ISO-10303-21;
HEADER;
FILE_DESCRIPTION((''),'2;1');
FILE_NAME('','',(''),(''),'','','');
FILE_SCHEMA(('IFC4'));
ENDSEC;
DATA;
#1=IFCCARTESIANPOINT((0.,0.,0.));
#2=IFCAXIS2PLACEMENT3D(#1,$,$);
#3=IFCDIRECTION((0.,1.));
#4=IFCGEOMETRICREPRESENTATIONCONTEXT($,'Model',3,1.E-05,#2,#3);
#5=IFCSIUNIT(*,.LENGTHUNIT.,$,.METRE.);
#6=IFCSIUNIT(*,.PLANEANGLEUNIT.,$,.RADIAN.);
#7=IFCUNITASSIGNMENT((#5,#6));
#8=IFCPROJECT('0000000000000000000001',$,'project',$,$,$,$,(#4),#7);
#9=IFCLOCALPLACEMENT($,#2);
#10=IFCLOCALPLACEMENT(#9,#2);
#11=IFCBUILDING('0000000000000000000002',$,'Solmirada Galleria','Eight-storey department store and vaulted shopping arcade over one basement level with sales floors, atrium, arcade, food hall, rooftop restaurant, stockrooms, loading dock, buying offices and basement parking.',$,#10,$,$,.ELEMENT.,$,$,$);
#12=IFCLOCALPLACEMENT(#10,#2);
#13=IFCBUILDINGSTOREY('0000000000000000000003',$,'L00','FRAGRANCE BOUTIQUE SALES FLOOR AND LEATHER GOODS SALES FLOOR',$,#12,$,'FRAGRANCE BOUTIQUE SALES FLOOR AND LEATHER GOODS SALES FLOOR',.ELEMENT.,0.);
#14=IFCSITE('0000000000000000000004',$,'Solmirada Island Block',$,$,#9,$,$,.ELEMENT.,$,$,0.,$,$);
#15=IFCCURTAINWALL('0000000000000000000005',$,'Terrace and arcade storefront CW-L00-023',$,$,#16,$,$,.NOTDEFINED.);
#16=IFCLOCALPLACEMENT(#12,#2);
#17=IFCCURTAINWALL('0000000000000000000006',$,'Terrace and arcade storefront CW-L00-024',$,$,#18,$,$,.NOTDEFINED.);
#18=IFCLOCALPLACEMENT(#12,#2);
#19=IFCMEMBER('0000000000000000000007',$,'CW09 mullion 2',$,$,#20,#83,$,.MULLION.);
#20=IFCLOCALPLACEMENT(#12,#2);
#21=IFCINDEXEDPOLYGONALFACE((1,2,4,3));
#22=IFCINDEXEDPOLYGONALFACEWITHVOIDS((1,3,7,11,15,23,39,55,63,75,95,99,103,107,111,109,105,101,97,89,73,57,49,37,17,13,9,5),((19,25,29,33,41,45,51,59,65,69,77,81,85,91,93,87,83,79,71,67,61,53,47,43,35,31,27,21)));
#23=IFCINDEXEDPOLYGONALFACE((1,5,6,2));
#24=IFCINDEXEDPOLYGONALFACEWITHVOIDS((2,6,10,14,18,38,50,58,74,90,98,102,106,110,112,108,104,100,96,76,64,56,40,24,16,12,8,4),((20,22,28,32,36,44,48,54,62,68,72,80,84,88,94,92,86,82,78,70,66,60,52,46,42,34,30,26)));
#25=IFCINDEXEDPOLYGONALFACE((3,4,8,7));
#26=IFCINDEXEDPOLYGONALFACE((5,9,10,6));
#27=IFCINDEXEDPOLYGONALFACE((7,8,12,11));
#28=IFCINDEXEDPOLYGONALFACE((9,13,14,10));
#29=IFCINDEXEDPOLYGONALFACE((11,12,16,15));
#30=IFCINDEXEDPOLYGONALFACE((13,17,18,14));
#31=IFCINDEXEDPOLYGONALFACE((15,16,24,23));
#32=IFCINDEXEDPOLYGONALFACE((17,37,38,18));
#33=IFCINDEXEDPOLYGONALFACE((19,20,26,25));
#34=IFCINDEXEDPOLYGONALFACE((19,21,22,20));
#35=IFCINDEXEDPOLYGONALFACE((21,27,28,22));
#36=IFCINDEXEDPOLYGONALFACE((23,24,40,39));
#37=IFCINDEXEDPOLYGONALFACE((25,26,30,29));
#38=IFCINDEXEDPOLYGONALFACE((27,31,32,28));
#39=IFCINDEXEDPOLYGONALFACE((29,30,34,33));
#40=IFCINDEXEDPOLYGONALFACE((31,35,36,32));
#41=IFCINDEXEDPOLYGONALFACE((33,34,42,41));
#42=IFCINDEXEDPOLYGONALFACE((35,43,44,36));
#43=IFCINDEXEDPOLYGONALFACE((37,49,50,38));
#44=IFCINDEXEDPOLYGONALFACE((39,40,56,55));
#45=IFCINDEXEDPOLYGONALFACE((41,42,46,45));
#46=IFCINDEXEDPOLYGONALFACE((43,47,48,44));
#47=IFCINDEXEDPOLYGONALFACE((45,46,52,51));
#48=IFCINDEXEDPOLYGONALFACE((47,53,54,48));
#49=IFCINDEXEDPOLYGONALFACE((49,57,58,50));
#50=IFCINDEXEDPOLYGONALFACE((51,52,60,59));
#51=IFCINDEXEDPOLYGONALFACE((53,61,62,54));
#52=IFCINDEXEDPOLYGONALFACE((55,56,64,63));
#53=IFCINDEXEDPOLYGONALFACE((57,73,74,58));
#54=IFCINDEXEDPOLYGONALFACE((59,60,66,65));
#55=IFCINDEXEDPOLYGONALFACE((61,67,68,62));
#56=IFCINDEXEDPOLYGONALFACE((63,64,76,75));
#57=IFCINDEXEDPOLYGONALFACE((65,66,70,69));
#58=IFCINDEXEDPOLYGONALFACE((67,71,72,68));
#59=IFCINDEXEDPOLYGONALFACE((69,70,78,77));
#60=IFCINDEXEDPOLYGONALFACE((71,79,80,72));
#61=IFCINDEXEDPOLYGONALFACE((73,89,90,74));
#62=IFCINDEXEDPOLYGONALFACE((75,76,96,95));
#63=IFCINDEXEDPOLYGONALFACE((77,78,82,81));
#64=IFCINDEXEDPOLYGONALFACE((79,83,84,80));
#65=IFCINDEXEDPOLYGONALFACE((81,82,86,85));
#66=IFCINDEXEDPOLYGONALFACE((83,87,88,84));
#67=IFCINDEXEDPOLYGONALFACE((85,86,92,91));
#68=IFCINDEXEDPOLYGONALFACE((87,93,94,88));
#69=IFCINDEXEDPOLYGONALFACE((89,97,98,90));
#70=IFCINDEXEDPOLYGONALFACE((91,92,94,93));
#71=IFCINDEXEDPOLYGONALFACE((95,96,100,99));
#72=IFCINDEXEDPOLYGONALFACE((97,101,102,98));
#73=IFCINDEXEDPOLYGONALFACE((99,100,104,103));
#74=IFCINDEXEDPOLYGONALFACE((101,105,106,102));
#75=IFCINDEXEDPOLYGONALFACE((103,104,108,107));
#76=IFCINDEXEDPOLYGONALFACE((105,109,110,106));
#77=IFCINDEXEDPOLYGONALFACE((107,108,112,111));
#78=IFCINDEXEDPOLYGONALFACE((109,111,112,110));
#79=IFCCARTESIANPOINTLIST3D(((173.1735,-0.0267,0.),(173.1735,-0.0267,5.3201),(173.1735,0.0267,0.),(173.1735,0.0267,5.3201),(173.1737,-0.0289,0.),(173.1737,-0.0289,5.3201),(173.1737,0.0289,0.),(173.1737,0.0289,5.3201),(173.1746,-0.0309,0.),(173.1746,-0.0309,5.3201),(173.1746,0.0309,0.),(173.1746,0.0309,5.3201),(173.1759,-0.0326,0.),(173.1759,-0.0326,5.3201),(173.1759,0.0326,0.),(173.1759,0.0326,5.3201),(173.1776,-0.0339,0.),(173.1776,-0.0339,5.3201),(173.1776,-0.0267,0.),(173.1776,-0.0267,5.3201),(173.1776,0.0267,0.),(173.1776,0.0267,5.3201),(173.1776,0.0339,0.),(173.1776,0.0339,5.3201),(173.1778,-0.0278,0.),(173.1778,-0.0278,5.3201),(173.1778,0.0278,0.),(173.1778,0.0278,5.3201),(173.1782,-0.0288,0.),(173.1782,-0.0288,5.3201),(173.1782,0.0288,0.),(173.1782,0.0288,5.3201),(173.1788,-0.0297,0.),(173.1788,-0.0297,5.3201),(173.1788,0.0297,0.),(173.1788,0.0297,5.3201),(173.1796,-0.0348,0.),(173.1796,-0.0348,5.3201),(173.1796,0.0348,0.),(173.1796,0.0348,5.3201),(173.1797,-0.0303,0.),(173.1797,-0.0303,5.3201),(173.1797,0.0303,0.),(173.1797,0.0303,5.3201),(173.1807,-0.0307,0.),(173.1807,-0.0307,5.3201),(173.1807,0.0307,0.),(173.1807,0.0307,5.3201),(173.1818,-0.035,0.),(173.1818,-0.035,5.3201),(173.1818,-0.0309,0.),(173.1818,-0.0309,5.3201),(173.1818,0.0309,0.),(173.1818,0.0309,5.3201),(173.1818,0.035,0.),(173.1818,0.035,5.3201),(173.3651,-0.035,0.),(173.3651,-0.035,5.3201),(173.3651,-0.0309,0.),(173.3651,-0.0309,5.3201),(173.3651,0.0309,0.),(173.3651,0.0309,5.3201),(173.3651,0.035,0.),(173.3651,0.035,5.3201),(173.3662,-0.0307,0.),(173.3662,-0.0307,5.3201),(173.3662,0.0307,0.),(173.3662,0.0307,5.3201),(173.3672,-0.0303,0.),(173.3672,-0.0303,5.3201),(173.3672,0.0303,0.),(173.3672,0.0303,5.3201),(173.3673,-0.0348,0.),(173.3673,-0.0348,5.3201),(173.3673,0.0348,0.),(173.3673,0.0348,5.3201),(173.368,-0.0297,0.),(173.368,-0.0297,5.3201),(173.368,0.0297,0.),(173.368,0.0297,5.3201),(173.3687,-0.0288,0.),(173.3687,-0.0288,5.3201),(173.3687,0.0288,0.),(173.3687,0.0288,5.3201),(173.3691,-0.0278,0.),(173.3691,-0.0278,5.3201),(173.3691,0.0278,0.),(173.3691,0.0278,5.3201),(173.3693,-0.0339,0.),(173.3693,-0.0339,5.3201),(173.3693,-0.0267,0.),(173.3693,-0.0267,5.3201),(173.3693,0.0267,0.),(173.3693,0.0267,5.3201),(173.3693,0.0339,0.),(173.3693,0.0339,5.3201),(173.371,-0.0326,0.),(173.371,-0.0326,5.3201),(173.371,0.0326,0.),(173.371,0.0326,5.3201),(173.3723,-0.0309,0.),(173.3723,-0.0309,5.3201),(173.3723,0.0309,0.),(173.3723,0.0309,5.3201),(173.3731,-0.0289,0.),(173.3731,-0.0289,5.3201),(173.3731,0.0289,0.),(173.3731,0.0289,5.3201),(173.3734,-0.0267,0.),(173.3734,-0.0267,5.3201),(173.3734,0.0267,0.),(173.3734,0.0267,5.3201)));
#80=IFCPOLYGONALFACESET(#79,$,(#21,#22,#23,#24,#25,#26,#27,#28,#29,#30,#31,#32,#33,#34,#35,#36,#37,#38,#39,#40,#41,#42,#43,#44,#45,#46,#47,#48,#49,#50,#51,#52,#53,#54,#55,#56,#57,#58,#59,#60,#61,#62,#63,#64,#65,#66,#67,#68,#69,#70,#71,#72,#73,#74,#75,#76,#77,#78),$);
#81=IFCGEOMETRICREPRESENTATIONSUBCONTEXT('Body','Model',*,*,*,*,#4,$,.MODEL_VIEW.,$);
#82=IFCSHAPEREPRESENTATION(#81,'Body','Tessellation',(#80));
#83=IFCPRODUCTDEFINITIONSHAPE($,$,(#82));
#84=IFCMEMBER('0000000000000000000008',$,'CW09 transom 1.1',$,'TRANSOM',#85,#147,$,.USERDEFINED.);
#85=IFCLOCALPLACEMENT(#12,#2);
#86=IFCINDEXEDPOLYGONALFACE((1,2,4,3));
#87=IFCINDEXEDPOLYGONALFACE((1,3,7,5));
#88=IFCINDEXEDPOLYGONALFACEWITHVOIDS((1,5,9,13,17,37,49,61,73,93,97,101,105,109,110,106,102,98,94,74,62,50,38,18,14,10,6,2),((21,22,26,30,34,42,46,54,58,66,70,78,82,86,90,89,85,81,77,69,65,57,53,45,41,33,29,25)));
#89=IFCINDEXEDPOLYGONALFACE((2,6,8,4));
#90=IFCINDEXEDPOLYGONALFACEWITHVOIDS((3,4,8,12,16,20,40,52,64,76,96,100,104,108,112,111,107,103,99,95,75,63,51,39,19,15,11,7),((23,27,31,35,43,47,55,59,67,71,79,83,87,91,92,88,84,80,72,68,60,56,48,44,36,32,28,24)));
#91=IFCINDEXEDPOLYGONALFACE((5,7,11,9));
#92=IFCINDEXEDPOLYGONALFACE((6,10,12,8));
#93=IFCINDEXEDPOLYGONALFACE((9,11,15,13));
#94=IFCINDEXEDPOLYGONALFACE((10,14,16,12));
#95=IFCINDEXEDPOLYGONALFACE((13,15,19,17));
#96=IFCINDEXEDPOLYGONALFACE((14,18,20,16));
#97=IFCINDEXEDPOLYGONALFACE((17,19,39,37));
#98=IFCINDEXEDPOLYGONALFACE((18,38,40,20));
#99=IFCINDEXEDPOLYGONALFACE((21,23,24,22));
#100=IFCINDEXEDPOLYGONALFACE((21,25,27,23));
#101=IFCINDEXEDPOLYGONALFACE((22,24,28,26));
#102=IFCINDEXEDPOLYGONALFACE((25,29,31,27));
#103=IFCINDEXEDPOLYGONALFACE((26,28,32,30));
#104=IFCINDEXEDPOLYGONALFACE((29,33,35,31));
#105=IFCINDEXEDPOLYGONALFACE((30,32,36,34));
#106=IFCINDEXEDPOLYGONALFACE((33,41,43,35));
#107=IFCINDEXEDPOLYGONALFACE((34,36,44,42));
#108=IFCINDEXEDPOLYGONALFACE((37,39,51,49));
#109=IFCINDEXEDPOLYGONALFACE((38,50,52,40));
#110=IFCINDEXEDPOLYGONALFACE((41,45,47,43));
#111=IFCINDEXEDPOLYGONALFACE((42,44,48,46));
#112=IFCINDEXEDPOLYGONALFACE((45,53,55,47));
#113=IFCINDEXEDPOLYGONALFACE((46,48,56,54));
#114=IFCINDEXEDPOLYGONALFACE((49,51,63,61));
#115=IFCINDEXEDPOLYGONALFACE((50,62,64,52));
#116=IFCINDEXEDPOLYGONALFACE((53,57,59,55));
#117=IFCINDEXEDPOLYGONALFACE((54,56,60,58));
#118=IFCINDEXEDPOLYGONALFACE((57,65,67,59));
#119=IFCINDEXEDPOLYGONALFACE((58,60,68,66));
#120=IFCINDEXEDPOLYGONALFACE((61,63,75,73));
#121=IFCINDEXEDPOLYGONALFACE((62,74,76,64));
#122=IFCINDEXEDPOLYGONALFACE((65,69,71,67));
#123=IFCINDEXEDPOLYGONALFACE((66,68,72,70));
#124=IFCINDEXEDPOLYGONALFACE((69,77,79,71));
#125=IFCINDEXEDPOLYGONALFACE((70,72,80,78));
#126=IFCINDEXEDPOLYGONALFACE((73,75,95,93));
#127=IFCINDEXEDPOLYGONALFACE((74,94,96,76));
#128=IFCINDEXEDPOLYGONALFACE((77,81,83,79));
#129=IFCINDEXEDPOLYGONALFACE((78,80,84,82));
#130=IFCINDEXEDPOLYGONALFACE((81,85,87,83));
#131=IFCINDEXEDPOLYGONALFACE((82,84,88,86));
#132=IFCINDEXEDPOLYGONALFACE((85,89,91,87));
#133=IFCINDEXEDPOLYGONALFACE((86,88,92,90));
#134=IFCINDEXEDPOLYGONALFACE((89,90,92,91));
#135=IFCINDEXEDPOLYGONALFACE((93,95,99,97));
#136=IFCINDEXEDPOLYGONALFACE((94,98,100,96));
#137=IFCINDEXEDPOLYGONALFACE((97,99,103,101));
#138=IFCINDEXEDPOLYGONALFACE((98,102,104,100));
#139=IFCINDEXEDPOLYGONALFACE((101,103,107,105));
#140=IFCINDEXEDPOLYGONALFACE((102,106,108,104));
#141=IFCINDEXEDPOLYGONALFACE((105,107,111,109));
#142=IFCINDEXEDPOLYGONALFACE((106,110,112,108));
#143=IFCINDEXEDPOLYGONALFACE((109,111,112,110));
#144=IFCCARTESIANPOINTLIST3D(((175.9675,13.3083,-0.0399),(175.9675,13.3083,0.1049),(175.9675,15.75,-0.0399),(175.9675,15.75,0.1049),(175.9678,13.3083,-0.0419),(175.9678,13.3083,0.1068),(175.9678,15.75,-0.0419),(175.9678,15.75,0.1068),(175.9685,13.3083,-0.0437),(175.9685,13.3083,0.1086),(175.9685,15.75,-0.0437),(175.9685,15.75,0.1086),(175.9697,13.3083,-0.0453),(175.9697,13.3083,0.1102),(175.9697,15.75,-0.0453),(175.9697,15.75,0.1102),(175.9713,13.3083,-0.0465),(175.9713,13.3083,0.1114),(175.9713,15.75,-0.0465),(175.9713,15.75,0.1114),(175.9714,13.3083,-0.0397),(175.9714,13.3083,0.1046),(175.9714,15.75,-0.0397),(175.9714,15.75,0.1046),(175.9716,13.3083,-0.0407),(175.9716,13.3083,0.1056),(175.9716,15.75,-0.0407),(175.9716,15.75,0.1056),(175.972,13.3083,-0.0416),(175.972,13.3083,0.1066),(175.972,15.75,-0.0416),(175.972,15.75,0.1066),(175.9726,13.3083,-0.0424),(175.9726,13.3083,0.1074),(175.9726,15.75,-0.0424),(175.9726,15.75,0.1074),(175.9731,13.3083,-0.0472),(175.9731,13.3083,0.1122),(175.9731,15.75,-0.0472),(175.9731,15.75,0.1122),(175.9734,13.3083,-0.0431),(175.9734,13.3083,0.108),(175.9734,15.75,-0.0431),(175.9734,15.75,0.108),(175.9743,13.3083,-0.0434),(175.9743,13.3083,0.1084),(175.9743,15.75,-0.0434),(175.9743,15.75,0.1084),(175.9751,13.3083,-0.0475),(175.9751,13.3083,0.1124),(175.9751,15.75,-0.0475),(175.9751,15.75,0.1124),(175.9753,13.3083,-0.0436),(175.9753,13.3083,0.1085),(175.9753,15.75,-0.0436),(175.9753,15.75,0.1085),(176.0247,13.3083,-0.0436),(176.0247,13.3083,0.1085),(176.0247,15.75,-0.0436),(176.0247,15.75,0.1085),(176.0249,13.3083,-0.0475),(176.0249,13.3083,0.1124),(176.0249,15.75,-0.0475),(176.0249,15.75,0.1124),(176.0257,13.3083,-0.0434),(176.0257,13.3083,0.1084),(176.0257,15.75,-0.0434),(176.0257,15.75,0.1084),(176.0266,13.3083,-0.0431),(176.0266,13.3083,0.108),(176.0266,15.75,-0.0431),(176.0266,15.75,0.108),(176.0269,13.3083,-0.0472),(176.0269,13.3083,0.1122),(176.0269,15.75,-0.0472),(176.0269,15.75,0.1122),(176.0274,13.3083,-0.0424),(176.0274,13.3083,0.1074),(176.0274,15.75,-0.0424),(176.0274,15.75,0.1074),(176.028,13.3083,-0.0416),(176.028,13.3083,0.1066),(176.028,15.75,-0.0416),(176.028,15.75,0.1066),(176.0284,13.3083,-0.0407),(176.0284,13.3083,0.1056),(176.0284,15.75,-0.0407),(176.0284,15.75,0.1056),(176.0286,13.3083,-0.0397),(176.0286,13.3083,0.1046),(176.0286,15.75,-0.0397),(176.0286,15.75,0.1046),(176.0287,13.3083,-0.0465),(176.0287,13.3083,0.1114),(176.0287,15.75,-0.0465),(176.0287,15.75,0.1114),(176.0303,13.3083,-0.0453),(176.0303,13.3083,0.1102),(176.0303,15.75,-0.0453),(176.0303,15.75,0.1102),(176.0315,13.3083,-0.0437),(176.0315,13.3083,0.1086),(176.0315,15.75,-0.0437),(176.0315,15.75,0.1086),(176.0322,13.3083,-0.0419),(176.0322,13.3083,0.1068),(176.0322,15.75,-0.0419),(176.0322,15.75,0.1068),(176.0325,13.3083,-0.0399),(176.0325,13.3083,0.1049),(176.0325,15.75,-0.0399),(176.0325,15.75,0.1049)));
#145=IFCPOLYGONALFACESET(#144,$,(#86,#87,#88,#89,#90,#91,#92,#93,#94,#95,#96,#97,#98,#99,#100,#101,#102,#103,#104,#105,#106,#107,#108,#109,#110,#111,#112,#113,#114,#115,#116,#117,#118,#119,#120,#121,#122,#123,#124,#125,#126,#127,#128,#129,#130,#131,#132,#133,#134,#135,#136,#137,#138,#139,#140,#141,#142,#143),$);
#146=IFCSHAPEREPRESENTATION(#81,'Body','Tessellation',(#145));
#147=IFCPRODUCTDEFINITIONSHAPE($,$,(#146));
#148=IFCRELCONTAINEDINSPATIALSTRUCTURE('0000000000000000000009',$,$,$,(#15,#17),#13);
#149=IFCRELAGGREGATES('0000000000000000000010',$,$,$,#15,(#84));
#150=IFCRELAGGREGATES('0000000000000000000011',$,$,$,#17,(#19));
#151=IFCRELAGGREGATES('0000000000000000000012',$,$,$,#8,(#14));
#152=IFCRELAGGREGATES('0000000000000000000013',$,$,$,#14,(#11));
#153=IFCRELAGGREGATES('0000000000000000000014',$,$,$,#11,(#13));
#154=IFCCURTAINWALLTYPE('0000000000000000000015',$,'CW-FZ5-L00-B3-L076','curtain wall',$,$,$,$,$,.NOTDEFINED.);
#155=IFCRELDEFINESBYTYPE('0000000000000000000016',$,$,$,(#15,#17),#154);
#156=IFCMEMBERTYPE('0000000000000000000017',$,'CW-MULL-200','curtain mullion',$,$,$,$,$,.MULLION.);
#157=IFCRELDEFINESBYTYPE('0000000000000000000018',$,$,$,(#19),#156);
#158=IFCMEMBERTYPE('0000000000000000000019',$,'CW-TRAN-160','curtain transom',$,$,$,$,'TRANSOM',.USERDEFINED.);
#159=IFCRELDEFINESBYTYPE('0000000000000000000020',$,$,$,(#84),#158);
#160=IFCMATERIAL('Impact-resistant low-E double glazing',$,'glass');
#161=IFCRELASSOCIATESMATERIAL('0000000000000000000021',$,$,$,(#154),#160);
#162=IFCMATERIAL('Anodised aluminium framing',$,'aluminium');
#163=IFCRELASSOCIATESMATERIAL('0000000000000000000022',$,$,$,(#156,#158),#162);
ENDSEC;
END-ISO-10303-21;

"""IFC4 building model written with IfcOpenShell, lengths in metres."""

from ifc_helpers import new_model, si_unit, direction, frame, origin, origin_2d, place, context, subcontext, project, spatial, hollow_rectangle, extrude, material, material_profile, profile_set, type_object, element, aggregate, save


model = new_model("IFC4")

# Units and contexts
model_context = context("Model", 3, precision=1e-05, world=origin(), true_north=direction((0.0, 1.0)))
body_context = subcontext(model_context, "Body", "Model", "MODEL_VIEW")
ifc_project = project(units=[si_unit("LENGTHUNIT", "METRE"), si_unit("PLANEANGLEUNIT", "RADIAN")], contexts=[model_context])

# Site, building, storey
site_placement = place(None, origin())
site = spatial("IfcSite", under=ifc_project, at=site_placement, Name="Solmirada Island Block", CompositionType="ELEMENT", RefElevation=0.0)
building_placement = place(site_placement, origin())
building = spatial("IfcBuilding", under=site, at=building_placement, Name="Solmirada Galleria", Description="Eight-storey department store and vaulted shopping arcade over one basement level with sales floors, atrium, arcade, food hall, rooftop restaurant, stockrooms, loading dock, buying offices and basement parking.", CompositionType="ELEMENT")
storey_placement = place(building_placement, origin())
storey = spatial("IfcBuildingStorey", under=building, at=storey_placement, Name="L00", Description="FRAGRANCE BOUTIQUE SALES FLOOR AND LEATHER GOODS SALES FLOOR", LongName="FRAGRANCE BOUTIQUE SALES FLOOR AND LEATHER GOODS SALES FLOOR", CompositionType="ELEMENT", Elevation=0.0)

# Curtain walls, member
ifc_material_1 = material(Name="Impact-resistant low-E double glazing", Category="glass")
curtain_wall_type = type_object("IfcCurtainWallType", Name="CW-FZ5-L00-B3-L076", Description="curtain wall", PredefinedType="NOTDEFINED", material=ifc_material_1)
curtain_wall_1_placement = place(storey_placement, origin())
curtain_wall_1 = element("IfcCurtainWall", 1, at=curtain_wall_1_placement, inside=storey, type_object=curtain_wall_type, Name="Terrace and arcade storefront CW-L00-023", PredefinedType="NOTDEFINED")
ifc_material_2 = material(Name="Anodised aluminium framing", Category="aluminium")
ifc_material_profile_1 = material_profile(ifc_material_2, hollow_rectangle(XDim=0.0701, YDim=0.2, WallThickness=0.0042, InnerFilletRadius=0.0042, OuterFilletRadius=0.0083, at=origin_2d()), Name="ALU-MULL-200X70")
ifc_profile_set_1 = profile_set([ifc_material_profile_1], Name="Anodised aluminium framing")
member_type_1 = type_object("IfcMemberType", Name="CW-MULL-200", Description="curtain mullion", PredefinedType="MULLION", material=ifc_profile_set_1)
curtain_wall_2_placement = place(storey_placement, origin())
curtain_wall_2 = element("IfcCurtainWall", 2, at=curtain_wall_2_placement, inside=storey, type_object=curtain_wall_type, Name="Terrace and arcade storefront CW-L00-024", PredefinedType="NOTDEFINED")
member_1_placement = place(storey_placement, frame((173.2734, 0.0, 0.0), z_axis=(0.0, 0.0, 1.0), x_axis=(0.0, -1.0, 0.0)))
member_1 = element("IfcMember", 3, at=member_1_placement, type_object=member_type_1, Name="CW09 mullion 2", PredefinedType="MULLION", context=body_context, shape_type="SweptSolid", body=[
    extrude(hollow_rectangle(XDim=0.0701, YDim=0.2, WallThickness=0.0042, InnerFilletRadius=0.0042, OuterFilletRadius=0.0083, at=origin_2d()), origin(), (0.0, 0.0, 1.0), 5.3201),
])

# Member
ifc_material_profile_2 = material_profile(ifc_material_2, hollow_rectangle(XDim=0.0649, YDim=0.1599, WallThickness=0.0039, InnerFilletRadius=0.0039, OuterFilletRadius=0.0076, at=origin_2d()), Name="ALU-TRAN-160X65")
ifc_profile_set_2 = profile_set([ifc_material_profile_2], Name="Anodised aluminium framing")
member_type_2 = type_object("IfcMemberType", Name="CW-TRAN-160", Description="curtain transom", ElementType="TRANSOM", PredefinedType="USERDEFINED", material=ifc_profile_set_2)
member_2_placement = place(storey_placement, frame((176.0, 15.75, 0.0325), z_axis=(0.0, -1.0, 0.0), x_axis=(1.0, 0.0, 0.0)))
member_2 = element("IfcMember", 4, at=member_2_placement, type_object=member_type_2, Name="CW09 transom 1.1", ObjectType="TRANSOM", PredefinedType="USERDEFINED", context=body_context, shape_type="SweptSolid", body=[
    extrude(hollow_rectangle(XDim=0.0649, YDim=0.1599, WallThickness=0.0039, InnerFilletRadius=0.0039, OuterFilletRadius=0.0076, at=origin_2d()), origin(), (0.0, 0.0, 1.0), 2.4417),
])

aggregate(curtain_wall_1, [member_2])
aggregate(curtain_wall_2, [member_1])

save(model, "model.ifc")
